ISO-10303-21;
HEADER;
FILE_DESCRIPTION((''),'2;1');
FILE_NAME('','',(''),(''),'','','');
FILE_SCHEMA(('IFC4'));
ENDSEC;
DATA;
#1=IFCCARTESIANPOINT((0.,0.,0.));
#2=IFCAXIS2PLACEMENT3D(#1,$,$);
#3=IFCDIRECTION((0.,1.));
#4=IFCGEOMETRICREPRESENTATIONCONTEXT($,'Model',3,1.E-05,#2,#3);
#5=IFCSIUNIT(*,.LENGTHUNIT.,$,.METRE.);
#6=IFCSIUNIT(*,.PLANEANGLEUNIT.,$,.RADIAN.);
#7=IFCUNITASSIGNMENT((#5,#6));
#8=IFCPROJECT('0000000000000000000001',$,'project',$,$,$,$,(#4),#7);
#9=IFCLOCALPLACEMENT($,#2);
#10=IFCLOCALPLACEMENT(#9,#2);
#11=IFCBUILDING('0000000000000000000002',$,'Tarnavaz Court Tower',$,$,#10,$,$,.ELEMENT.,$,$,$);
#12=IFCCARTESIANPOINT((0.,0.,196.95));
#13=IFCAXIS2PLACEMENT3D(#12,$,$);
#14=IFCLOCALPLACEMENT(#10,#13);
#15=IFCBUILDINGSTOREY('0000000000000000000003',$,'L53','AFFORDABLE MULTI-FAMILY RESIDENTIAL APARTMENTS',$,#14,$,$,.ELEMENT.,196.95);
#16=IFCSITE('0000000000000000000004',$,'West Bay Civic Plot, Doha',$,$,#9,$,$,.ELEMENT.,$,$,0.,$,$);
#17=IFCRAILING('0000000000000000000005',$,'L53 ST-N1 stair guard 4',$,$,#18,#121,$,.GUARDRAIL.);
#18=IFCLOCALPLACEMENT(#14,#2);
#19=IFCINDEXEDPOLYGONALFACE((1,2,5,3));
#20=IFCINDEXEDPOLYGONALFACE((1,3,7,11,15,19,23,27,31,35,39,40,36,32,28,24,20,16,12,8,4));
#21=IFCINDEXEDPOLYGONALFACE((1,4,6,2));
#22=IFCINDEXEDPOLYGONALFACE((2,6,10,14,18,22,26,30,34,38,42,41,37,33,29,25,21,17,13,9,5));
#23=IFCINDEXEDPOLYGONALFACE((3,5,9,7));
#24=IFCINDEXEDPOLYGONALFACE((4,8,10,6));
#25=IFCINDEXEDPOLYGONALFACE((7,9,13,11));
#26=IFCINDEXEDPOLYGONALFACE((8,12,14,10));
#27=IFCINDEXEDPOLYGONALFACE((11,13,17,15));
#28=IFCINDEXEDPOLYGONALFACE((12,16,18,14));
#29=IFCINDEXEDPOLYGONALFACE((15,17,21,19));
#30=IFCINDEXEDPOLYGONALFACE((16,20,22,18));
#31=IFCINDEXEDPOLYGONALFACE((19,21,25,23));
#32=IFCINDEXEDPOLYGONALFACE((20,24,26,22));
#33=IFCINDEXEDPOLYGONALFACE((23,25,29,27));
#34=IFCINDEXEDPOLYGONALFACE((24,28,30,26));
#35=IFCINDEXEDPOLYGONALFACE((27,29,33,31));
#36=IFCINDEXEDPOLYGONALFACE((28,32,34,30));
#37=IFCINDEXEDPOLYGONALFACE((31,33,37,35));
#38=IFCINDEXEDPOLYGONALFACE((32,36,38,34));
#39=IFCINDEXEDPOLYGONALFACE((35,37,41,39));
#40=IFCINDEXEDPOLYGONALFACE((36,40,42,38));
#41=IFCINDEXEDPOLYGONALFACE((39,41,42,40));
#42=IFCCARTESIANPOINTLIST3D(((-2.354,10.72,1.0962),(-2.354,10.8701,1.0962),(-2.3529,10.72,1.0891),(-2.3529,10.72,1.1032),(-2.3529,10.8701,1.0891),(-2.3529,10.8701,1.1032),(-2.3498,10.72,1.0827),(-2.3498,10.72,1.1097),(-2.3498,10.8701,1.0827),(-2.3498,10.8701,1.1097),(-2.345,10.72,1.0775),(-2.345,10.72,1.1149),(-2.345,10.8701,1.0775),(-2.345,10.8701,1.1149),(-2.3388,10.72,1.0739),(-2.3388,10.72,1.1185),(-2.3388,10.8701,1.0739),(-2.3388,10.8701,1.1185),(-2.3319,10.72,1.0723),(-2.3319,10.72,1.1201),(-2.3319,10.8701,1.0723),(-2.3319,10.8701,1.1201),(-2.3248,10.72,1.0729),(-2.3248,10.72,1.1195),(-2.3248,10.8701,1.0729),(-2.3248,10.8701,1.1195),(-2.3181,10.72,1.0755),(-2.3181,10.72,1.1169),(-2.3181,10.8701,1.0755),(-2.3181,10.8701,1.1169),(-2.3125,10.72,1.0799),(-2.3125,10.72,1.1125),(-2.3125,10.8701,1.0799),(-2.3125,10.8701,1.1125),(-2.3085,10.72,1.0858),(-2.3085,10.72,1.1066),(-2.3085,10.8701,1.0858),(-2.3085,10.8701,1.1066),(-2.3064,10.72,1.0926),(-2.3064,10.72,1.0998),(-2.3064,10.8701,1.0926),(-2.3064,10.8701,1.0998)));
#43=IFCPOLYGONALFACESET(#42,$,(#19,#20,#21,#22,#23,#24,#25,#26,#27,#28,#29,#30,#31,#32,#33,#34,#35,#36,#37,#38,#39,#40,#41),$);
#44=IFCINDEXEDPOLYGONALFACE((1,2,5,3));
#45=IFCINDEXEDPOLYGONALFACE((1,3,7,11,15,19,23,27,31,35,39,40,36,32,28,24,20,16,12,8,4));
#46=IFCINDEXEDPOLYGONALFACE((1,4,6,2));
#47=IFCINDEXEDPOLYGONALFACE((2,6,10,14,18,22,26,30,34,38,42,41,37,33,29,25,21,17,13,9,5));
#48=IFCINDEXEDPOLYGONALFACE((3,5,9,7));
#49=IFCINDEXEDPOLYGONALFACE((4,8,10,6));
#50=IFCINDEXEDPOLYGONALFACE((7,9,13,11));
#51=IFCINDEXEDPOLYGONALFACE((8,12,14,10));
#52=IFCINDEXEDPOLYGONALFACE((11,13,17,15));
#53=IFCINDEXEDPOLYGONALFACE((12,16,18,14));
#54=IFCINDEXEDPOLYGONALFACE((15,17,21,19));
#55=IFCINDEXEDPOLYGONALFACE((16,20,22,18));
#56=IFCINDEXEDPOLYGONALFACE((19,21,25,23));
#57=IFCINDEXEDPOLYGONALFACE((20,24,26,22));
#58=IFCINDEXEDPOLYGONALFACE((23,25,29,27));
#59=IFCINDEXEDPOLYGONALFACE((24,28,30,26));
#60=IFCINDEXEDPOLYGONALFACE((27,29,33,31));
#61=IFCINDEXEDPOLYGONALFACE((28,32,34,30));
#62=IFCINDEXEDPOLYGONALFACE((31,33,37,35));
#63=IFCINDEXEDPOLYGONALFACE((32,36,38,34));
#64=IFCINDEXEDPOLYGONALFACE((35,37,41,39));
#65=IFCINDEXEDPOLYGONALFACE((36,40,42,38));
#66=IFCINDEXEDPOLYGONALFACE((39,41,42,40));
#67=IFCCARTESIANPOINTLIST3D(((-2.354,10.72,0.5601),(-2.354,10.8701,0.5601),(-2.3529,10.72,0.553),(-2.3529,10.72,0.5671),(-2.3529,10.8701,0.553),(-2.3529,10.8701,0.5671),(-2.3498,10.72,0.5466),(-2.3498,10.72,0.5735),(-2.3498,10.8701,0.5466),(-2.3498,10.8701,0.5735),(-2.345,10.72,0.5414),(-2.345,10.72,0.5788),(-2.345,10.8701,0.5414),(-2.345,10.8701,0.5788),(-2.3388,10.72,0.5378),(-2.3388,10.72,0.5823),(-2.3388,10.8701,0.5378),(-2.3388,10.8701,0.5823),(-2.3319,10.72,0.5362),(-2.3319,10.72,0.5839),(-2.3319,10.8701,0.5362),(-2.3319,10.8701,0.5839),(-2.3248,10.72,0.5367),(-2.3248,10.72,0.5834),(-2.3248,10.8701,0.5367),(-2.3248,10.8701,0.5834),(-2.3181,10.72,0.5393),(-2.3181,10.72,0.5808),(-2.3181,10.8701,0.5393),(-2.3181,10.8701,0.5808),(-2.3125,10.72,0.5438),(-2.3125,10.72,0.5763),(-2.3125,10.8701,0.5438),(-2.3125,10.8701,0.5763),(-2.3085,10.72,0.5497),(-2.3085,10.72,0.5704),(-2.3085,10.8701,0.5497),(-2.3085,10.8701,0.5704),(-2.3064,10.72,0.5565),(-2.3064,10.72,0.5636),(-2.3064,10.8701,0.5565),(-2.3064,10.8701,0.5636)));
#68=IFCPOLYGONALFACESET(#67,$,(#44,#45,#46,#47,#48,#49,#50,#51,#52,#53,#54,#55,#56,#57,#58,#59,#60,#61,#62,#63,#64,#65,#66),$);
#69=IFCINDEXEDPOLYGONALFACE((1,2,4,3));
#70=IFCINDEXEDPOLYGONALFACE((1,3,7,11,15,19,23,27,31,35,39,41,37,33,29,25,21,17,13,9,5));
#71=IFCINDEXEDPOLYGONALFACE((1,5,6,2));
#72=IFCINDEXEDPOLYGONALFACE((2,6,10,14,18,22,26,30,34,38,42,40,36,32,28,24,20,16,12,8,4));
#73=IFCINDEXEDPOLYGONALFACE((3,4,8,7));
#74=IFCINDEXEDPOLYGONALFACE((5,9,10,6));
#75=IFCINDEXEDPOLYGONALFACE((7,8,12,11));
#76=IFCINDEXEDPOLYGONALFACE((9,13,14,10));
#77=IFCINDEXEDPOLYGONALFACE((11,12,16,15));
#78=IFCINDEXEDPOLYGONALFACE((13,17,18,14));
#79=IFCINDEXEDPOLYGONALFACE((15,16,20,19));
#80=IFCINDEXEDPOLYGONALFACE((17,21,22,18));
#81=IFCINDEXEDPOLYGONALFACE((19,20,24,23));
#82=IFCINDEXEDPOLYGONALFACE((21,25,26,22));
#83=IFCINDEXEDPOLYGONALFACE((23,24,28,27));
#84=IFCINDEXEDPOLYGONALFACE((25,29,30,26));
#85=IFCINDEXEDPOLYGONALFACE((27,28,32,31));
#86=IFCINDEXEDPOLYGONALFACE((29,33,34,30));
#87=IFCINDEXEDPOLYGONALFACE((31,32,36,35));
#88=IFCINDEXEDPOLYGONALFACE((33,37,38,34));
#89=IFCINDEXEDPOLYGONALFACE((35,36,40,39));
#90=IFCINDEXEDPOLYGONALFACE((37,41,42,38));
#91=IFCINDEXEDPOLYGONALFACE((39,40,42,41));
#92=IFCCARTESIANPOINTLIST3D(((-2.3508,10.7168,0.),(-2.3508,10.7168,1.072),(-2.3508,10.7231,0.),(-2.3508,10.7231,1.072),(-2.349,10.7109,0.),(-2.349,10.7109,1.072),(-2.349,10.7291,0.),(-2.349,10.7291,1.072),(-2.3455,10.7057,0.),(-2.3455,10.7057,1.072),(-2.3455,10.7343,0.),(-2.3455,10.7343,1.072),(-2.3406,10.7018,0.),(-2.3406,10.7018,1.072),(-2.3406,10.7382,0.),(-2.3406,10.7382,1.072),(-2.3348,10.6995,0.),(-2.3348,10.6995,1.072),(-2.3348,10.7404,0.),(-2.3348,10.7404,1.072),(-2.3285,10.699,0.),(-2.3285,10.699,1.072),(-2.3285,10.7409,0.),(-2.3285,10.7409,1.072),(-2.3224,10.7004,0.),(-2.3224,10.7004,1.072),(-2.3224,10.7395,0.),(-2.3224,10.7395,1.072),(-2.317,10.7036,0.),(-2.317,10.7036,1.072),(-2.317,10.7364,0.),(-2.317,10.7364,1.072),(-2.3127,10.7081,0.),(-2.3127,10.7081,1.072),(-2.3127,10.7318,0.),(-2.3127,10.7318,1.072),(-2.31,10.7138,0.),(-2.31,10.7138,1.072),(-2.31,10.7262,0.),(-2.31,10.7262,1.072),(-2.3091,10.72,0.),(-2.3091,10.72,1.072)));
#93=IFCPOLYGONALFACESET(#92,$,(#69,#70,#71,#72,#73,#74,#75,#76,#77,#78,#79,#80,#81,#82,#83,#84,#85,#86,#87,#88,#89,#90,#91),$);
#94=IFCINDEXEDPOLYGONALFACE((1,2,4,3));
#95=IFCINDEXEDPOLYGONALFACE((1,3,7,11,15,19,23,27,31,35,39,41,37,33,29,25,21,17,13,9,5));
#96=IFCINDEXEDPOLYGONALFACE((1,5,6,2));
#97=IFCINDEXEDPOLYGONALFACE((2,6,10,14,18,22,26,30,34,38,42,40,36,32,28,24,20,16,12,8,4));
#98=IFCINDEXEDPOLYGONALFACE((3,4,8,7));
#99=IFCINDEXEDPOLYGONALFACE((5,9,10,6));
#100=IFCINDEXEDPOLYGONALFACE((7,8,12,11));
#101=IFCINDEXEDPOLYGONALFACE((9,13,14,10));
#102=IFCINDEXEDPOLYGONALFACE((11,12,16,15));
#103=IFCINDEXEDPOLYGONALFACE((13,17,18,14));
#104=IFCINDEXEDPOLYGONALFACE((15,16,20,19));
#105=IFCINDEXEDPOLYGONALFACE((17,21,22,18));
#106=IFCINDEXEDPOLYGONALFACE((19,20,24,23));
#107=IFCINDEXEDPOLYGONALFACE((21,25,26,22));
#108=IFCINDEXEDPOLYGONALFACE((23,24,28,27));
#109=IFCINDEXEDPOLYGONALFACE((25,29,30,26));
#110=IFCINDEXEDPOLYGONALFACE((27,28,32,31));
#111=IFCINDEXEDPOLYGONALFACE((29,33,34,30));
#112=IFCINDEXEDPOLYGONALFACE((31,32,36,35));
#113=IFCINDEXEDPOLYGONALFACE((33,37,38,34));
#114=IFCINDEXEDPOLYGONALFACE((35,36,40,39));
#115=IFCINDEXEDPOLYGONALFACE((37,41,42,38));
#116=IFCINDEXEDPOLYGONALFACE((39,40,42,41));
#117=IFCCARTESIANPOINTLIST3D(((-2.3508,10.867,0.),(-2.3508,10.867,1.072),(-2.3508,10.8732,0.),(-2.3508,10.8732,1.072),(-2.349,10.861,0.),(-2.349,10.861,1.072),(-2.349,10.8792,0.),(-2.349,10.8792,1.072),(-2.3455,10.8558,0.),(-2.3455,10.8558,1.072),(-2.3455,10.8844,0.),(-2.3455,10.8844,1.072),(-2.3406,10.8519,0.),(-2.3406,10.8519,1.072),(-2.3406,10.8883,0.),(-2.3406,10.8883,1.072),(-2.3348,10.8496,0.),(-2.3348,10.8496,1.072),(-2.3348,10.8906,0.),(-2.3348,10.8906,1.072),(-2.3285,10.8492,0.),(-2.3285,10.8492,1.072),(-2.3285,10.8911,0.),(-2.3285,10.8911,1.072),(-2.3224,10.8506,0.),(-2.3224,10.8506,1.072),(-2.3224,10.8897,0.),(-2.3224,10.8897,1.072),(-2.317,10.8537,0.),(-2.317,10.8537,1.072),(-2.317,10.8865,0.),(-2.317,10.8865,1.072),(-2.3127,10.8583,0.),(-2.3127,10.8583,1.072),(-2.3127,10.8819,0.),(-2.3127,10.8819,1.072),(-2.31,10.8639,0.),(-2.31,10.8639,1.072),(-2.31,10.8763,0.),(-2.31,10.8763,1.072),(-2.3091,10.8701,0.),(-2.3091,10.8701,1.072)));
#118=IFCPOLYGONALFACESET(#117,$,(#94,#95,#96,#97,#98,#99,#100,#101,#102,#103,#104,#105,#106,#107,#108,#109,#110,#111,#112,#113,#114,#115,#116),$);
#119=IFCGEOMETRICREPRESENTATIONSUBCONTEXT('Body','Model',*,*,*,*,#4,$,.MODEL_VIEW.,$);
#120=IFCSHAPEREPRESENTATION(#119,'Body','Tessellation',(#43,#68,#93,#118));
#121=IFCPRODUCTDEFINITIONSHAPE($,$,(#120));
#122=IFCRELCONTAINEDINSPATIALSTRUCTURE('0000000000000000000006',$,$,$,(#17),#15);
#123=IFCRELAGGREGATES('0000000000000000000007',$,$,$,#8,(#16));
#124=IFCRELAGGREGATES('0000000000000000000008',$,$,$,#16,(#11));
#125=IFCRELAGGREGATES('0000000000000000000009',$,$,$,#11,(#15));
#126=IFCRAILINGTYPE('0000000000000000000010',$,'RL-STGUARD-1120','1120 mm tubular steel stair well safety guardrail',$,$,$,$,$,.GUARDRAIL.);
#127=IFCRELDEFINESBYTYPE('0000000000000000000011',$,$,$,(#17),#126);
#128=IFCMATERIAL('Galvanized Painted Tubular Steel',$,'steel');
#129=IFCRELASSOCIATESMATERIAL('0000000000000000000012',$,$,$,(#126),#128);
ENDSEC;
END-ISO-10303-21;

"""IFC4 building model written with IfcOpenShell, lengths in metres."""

from ifc_helpers import new_model, si_unit, direction, frame, origin, origin_2d, place, context, subcontext, project, spatial, circle, extrude, material, type_object, element, save


model = new_model("IFC4")

# Units and contexts
model_context = context("Model", 3, precision=1e-05, world=origin(), true_north=direction((0.0, 1.0)))
body_context = subcontext(model_context, "Body", "Model", "MODEL_VIEW")
ifc_project = project(units=[si_unit("LENGTHUNIT", "METRE"), si_unit("PLANEANGLEUNIT", "RADIAN")], contexts=[model_context])

# Site, building, storey
site_placement = place(None, origin())
site = spatial("IfcSite", under=ifc_project, at=site_placement, Name="West Bay Civic Plot, Doha", CompositionType="ELEMENT", RefElevation=0.0)
building_placement = place(site_placement, origin())
building = spatial("IfcBuilding", under=site, at=building_placement, Name="Tarnavaz Court Tower", CompositionType="ELEMENT")
storey_placement = place(building_placement, frame((0.0, 0.0, 196.95)))
storey = spatial("IfcBuildingStorey", under=building, at=storey_placement, Name="L53", Description="AFFORDABLE MULTI-FAMILY RESIDENTIAL APARTMENTS", CompositionType="ELEMENT", Elevation=196.95)

# Railing
ifc_material_1 = material(Name="Galvanized Painted Tubular Steel", Category="steel")
railing_type_1 = type_object("IfcRailingType", Name="RL-STGUARD-1120", Description="1120 mm tubular steel stair well safety guardrail", PredefinedType="GUARDRAIL", material=ifc_material_1)
railing_1_placement = place(storey_placement, frame((-2.3301, 10.72, 0.0)))
element("IfcRailing", 1, at=railing_1_placement, inside=storey, type_object=railing_type_1, Name="L53 ST-N1 stair guard 4", PredefinedType="GUARDRAIL", context=body_context, shape_type="SweptSolid", body=[
    extrude(circle(Radius=0.0239, at=origin_2d()), frame((0.0, 0.0, 1.0962), z_axis=(0.0, 1.0, 0.0), x_axis=(-1.0, 0.0, 0.0)), (0.0, 0.0, 1.0), 0.1501),
    extrude(circle(Radius=0.0239, at=origin_2d()), frame((0.0, 0.0, 0.5601), z_axis=(0.0, 1.0, 0.0), x_axis=(-1.0, 0.0, 0.0)), (0.0, 0.0, 1.0), 0.1501),
    extrude(circle(Radius=0.021, at=origin_2d()), origin(), (0.0, 0.0, 1.0), 1.072),
    extrude(circle(Radius=0.021, at=origin_2d()), frame((0.0, 0.1501, 0.0)), (0.0, 0.0, 1.0), 1.072),
])

save(model, "model.ifc")
